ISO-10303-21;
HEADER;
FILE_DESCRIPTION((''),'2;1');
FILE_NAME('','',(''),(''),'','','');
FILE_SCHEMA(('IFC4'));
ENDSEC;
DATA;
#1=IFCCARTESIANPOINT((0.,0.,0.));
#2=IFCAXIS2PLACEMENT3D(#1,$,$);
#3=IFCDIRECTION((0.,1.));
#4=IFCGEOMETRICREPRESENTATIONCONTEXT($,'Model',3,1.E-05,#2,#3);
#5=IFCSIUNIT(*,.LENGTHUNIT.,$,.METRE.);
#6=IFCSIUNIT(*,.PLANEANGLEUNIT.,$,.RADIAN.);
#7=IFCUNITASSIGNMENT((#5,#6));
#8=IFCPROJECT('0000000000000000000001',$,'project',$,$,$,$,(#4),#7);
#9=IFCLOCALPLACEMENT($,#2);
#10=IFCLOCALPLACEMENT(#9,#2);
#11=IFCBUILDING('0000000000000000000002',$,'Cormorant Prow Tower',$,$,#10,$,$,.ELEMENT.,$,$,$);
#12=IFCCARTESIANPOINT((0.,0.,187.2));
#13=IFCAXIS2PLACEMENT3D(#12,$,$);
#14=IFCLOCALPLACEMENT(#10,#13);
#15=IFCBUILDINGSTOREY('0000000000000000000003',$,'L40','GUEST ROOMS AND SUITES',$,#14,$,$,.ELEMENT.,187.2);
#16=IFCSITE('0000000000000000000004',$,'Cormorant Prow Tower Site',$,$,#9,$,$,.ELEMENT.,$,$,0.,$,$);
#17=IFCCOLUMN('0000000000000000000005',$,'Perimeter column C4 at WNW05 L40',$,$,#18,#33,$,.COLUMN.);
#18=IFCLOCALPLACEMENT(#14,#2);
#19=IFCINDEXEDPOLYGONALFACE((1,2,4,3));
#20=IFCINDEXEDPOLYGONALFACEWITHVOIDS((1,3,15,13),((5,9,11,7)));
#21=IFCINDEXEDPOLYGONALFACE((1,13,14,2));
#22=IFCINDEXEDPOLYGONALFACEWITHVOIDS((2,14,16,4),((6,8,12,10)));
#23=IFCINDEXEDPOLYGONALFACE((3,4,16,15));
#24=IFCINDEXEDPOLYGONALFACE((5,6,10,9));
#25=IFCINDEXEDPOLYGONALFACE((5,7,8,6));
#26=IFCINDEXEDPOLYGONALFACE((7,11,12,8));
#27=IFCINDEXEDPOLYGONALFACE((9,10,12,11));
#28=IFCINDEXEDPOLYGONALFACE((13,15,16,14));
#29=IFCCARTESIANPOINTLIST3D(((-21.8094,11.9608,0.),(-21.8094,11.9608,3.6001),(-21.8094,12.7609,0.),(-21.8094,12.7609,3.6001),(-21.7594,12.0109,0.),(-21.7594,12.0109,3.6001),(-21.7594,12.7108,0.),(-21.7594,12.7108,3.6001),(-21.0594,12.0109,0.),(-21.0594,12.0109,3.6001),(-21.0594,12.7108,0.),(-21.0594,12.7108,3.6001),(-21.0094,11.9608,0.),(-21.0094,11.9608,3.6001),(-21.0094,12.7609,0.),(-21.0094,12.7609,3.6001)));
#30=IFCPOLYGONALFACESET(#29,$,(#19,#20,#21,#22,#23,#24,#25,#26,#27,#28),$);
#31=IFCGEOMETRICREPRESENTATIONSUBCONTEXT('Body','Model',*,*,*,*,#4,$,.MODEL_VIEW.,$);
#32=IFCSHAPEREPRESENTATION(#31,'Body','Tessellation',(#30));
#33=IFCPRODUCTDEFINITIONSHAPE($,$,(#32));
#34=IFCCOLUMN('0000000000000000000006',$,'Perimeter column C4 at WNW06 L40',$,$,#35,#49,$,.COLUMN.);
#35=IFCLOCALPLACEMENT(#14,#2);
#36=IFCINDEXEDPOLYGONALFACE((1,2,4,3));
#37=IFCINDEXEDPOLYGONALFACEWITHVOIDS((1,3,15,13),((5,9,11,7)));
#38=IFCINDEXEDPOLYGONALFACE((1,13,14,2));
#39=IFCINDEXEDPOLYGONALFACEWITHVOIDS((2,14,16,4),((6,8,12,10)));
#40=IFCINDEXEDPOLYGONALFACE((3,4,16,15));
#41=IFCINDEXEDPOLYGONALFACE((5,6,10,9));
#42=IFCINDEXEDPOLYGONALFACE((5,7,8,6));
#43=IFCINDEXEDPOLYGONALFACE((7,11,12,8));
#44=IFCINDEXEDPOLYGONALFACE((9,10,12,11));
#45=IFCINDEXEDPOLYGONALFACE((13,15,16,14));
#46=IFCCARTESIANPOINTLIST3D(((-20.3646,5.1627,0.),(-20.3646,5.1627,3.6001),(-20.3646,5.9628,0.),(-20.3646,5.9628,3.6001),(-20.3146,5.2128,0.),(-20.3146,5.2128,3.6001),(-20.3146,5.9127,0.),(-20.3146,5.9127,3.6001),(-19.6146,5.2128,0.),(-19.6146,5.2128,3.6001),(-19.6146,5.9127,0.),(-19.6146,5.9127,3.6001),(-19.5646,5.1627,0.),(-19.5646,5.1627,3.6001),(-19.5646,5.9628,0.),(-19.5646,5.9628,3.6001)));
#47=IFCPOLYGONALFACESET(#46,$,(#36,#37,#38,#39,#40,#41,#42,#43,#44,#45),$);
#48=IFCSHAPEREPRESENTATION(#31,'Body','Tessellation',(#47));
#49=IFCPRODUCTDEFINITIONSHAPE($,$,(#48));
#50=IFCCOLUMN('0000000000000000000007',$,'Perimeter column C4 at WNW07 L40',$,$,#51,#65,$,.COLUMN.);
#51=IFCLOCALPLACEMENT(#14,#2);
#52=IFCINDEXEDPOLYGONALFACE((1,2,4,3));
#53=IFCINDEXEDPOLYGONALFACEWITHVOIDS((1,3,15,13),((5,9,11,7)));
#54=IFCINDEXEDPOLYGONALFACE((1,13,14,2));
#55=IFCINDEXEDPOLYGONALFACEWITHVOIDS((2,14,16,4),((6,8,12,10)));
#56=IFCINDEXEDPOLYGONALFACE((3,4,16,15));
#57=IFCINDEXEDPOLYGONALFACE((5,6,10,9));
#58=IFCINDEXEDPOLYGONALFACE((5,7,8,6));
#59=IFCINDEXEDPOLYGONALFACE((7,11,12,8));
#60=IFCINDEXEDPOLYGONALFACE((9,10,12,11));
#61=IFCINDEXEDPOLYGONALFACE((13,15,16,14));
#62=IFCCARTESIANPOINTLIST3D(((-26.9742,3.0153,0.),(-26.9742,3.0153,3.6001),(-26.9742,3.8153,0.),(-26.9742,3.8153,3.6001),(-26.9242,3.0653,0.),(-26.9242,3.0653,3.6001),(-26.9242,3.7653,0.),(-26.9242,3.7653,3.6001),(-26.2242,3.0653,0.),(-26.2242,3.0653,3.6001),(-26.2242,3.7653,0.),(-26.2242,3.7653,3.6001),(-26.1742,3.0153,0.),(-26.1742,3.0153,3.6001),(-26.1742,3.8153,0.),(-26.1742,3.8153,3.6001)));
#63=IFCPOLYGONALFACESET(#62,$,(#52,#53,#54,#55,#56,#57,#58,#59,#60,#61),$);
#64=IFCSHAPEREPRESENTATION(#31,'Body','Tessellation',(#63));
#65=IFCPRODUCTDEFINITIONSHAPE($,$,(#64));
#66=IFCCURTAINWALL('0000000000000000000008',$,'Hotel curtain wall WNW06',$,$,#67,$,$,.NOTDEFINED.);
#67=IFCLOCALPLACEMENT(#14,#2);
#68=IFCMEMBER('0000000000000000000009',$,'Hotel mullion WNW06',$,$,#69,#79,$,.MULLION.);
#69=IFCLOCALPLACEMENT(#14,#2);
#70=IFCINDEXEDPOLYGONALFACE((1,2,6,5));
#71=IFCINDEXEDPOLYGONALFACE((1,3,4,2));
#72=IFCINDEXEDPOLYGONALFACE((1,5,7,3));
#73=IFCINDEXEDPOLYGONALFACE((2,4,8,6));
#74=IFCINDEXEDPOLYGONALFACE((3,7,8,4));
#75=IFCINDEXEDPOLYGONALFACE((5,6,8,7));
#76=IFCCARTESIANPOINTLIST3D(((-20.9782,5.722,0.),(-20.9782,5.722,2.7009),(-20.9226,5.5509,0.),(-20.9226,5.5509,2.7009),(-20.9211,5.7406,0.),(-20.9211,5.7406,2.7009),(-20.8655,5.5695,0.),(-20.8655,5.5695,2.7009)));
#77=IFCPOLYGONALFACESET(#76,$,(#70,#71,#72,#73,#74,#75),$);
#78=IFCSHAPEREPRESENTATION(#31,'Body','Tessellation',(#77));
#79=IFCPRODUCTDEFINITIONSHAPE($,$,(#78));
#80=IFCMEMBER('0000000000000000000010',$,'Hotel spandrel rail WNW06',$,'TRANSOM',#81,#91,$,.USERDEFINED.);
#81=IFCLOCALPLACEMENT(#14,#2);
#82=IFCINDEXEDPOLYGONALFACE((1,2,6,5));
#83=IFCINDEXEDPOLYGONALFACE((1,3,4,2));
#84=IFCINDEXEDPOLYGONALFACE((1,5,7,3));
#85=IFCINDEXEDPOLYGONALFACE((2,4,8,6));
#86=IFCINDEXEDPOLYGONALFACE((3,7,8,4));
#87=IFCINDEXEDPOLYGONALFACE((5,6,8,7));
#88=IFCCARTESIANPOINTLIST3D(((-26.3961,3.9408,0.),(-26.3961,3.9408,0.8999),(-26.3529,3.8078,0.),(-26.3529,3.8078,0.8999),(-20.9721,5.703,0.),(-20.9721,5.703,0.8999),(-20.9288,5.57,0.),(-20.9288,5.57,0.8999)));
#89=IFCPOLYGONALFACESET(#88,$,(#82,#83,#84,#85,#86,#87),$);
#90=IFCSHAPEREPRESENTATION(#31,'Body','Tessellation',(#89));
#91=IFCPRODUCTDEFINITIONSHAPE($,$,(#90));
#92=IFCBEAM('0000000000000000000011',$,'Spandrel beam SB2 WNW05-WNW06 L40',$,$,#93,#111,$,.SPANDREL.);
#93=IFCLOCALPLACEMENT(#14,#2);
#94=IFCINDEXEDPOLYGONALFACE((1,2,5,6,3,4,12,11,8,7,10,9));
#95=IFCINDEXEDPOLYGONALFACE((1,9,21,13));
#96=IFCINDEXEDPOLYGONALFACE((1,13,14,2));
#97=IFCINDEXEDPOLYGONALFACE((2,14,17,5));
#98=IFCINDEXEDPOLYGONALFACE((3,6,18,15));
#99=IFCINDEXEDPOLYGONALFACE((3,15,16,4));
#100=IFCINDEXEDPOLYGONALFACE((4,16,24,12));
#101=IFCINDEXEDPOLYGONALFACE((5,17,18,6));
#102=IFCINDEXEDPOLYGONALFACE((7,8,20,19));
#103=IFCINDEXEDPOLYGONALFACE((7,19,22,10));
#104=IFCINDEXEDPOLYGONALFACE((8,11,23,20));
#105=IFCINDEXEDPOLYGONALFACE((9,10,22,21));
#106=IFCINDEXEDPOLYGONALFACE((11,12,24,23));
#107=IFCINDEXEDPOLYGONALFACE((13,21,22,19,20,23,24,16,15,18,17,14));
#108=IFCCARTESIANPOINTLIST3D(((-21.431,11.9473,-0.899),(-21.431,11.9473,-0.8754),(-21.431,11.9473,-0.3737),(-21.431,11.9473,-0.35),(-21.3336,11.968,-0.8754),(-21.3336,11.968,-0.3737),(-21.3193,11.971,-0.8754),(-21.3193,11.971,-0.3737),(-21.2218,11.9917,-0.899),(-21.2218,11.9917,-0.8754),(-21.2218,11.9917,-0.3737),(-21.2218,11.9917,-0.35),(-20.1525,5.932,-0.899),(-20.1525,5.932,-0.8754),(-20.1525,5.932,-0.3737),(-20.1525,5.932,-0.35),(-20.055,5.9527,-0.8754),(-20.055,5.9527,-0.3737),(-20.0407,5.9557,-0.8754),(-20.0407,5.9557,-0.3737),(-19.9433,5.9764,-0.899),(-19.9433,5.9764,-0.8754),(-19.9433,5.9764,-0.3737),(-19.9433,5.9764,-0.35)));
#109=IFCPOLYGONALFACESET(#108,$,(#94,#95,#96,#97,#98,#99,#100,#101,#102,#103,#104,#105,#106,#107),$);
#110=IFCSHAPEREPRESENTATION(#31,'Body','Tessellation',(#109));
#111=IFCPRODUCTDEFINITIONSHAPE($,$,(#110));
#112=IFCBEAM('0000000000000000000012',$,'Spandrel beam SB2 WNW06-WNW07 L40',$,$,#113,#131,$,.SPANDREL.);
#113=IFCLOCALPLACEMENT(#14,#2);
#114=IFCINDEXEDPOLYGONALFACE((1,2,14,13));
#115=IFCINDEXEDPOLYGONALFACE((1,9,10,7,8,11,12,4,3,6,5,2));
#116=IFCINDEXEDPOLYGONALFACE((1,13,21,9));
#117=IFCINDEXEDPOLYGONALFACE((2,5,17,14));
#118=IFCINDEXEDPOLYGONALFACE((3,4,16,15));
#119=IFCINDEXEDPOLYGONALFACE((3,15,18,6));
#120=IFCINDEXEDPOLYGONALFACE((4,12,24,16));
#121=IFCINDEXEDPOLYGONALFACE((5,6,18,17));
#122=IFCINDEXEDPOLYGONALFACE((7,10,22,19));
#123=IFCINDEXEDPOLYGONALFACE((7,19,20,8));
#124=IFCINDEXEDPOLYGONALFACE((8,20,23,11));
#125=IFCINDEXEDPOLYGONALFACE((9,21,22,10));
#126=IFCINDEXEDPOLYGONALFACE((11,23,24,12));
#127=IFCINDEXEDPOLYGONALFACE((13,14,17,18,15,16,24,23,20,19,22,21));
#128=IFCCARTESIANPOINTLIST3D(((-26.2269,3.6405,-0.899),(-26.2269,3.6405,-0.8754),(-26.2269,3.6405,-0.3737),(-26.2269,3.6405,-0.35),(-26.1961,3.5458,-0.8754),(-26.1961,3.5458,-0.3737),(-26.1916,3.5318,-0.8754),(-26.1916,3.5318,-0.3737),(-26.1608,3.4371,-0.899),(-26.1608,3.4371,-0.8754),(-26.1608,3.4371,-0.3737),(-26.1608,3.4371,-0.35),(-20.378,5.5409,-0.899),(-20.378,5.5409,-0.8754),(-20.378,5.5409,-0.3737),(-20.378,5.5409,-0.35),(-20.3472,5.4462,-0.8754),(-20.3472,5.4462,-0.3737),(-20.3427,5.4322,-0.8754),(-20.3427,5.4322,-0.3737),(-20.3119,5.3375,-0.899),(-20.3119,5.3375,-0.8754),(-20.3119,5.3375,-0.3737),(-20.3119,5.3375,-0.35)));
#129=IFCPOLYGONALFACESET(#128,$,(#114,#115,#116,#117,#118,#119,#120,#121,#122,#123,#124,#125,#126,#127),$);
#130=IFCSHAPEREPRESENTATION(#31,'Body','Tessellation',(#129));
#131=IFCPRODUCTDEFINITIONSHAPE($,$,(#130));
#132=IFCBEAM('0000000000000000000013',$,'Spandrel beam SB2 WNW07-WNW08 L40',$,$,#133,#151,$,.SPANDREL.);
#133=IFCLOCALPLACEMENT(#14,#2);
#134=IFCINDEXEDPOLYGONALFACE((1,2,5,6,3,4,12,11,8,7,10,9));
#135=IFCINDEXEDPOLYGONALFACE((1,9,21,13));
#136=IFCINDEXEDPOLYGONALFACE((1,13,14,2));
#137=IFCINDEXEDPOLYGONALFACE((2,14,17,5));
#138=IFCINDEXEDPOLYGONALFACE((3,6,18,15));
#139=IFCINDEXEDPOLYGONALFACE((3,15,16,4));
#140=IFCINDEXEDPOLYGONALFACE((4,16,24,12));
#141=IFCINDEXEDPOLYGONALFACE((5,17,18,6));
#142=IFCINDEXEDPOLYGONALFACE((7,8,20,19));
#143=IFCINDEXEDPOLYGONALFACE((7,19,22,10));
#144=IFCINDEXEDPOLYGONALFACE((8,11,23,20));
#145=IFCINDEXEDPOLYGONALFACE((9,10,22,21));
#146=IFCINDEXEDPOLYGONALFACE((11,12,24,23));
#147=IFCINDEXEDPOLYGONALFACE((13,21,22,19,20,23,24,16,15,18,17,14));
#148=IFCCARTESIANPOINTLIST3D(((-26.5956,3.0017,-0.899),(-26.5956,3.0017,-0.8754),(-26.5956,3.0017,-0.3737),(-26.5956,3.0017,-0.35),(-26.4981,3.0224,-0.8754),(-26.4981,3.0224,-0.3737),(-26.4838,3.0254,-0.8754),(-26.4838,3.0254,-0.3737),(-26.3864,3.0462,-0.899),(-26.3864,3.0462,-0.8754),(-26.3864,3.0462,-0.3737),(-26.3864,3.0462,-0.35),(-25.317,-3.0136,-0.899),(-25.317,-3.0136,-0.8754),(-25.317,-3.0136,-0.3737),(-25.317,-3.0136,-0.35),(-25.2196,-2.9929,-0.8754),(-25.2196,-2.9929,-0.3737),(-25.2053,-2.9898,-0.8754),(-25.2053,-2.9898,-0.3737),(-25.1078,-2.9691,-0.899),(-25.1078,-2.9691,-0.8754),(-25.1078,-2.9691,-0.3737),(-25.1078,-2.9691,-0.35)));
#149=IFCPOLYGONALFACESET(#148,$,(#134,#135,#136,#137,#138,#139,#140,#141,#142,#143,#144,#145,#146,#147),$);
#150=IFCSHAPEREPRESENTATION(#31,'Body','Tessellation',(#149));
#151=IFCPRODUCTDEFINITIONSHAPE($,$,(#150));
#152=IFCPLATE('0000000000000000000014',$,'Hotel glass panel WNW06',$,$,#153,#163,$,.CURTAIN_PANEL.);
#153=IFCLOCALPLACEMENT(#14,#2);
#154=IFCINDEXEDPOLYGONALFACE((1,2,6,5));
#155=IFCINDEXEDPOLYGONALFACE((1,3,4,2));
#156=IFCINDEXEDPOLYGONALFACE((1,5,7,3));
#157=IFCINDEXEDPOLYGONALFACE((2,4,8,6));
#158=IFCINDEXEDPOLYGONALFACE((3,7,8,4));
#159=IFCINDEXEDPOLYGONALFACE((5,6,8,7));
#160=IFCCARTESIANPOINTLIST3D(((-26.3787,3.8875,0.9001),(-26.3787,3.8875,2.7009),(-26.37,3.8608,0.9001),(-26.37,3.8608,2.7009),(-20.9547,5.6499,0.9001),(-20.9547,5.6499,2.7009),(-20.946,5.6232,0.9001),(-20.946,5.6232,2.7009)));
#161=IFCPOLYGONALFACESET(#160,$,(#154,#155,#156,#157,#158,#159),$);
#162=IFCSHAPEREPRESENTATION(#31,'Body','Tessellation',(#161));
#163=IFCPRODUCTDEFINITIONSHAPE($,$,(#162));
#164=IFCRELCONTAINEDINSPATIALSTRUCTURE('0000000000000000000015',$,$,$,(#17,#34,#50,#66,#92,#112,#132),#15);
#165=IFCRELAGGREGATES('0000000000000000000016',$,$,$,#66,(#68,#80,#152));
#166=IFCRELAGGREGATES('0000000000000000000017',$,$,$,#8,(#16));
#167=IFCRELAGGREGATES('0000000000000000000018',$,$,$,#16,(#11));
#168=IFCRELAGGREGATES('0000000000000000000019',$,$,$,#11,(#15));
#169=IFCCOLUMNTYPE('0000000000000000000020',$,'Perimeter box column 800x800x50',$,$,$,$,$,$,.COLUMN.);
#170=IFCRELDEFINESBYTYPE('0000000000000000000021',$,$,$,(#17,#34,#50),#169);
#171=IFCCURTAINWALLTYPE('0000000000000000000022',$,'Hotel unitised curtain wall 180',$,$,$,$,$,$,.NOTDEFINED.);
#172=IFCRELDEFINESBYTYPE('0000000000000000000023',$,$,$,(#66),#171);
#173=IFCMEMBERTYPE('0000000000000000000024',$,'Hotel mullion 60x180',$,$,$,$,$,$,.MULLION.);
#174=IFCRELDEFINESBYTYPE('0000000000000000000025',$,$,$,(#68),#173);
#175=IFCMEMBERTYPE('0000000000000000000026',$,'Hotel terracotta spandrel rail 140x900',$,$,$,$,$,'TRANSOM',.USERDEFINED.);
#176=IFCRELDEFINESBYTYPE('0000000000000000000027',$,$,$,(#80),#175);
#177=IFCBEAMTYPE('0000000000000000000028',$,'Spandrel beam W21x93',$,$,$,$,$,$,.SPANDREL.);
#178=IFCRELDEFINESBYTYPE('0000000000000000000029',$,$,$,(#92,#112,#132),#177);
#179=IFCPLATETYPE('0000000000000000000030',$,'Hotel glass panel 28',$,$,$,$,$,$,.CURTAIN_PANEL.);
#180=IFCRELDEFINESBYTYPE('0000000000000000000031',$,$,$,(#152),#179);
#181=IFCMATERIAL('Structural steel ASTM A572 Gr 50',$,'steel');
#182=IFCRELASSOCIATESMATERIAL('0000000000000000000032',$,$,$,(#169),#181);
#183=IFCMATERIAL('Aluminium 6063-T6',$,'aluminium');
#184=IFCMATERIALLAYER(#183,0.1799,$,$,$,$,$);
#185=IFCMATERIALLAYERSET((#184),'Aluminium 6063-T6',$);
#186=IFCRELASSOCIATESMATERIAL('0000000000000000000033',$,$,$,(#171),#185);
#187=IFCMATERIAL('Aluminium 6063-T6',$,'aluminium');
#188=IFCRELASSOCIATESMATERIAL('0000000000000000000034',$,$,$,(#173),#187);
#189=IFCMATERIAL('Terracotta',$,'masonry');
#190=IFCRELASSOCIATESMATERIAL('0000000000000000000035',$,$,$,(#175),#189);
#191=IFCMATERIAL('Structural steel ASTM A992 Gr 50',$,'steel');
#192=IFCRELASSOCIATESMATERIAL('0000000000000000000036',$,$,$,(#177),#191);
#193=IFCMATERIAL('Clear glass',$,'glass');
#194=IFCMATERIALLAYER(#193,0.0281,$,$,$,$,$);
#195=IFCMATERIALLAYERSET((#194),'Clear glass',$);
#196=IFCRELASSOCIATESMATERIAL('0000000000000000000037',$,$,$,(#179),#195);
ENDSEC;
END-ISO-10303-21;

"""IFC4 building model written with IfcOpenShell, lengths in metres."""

from ifc_helpers import new_model, si_unit, direction, frame, origin, origin_2d, place, context, subcontext, project, spatial, rectangle, hollow_rectangle, i_section, extrude, material, layer, layer_set, material_profile, profile_set, type_object, element, aggregate, save


model = new_model("IFC4")

# Units and contexts
model_context = context("Model", 3, precision=1e-05, world=origin(), true_north=direction((0.0, 1.0)))
body_context = subcontext(model_context, "Body", "Model", "MODEL_VIEW")
ifc_project = project(units=[si_unit("LENGTHUNIT", "METRE"), si_unit("PLANEANGLEUNIT", "RADIAN")], contexts=[model_context])

# Site, building, storey
site_placement = place(None, origin())
site = spatial("IfcSite", under=ifc_project, at=site_placement, Name="Cormorant Prow Tower Site", CompositionType="ELEMENT", RefElevation=0.0)
building_placement = place(site_placement, origin())
building = spatial("IfcBuilding", under=site, at=building_placement, Name="Cormorant Prow Tower", CompositionType="ELEMENT")
storey_placement = place(building_placement, frame((0.0, 0.0, 187.2)))
storey = spatial("IfcBuildingStorey", under=building, at=storey_placement, Name="L40", Description="GUEST ROOMS AND SUITES", CompositionType="ELEMENT", Elevation=187.2)

# Columns
ifc_material_1 = material(Name="Structural steel ASTM A572 Gr 50", Category="steel")
ifc_material_profile_1 = material_profile(ifc_material_1, hollow_rectangle(XDim=0.8, YDim=0.8, WallThickness=0.05, at=origin_2d()), Name="Box 800x800x50")
ifc_profile_set_1 = profile_set([ifc_material_profile_1], Name="Structural steel ASTM A572 Gr 50")
column_type = type_object("IfcColumnType", Name="Perimeter box column 800x800x50", PredefinedType="COLUMN", material=ifc_profile_set_1)
for number, where, z_axis, x_axis, name in (
    (1, (-21.4094, 12.3608, 0.0), (0.0, 0.0, 1.0), (1.0, 0.0, 0.0), "Perimeter column C4 at WNW05 L40"),
    (2, (-19.9646, 5.5627, 0.0), (0.0, 0.0, 1.0), (1.0, 0.0, 0.0), "Perimeter column C4 at WNW06 L40"),
    (3, (-26.5742, 3.4153, 0.0), (0.0, 0.0, 1.0), (1.0, 0.0, 0.0), "Perimeter column C4 at WNW07 L40"),
):
    element("IfcColumn", number, at=place(storey_placement, frame(where, z_axis=z_axis, x_axis=x_axis)), inside=storey, type_object=column_type, Name=name, PredefinedType="COLUMN", context=body_context, shape_type="SweptSolid", body=[
        extrude(hollow_rectangle(XDim=0.8, YDim=0.8, WallThickness=0.05, at=origin_2d()), origin(), (0.0, 0.0, 1.0), 3.6001),
    ])

# Curtain wall, members
ifc_material_2 = material(Name="Aluminium 6063-T6", Category="aluminium")
ifc_layer_1 = layer(ifc_material_2, 0.1799)
ifc_layer_set_1 = layer_set([ifc_layer_1], Name="Aluminium 6063-T6")
curtain_wall_type = type_object("IfcCurtainWallType", Name="Hotel unitised curtain wall 180", PredefinedType="NOTDEFINED", material=ifc_layer_set_1)
curtain_wall_placement = place(storey_placement, origin())
curtain_wall = element("IfcCurtainWall", 4, at=curtain_wall_placement, inside=storey, type_object=curtain_wall_type, Name="Hotel curtain wall WNW06", PredefinedType="NOTDEFINED")
ifc_material_3 = material(Name="Aluminium 6063-T6", Category="aluminium")
ifc_material_profile_2 = material_profile(ifc_material_3, rectangle(XDim=0.1799, YDim=0.0601, at=origin_2d()), Name="Hotel mullion 60x180")
ifc_profile_set_2 = profile_set([ifc_material_profile_2], Name="Aluminium 6063-T6")
member_type_1 = type_object("IfcMemberType", Name="Hotel mullion 60x180", PredefinedType="MULLION", material=ifc_profile_set_2)
member_1_placement = place(storey_placement, frame((-20.9219, 5.6458, 0.0), z_axis=(0.0, 0.0, 1.0), x_axis=(0.309017, -0.951057, 0.0)))
member_1 = element("IfcMember", 5, at=member_1_placement, type_object=member_type_1, Name="Hotel mullion WNW06", PredefinedType="MULLION", context=body_context, shape_type="SweptSolid", body=[
    extrude(rectangle(XDim=0.1799, YDim=0.0601, at=origin_2d()), origin(), (0.0, 0.0, 1.0), 2.7009),
])
ifc_material_4 = material(Name="Terracotta", Category="masonry")
ifc_material_profile_3 = material_profile(ifc_material_4, rectangle(XDim=0.1399, YDim=0.8999, at=origin_2d()), Name="Hotel terracotta spandrel rail 140x900")
ifc_profile_set_3 = profile_set([ifc_material_profile_3], Name="Terracotta")
member_type_2 = type_object("IfcMemberType", Name="Hotel terracotta spandrel rail 140x900", ElementType="TRANSOM", PredefinedType="USERDEFINED", material=ifc_profile_set_3)
member_2_placement = place(storey_placement, frame((-20.9504, 5.6365, 0.45), z_axis=(-0.951066, -0.308988, 0.0), x_axis=(0.308988, -0.951066, 0.0)))
member_2 = element("IfcMember", 6, at=member_2_placement, type_object=member_type_2, Name="Hotel spandrel rail WNW06", ObjectType="TRANSOM", PredefinedType="USERDEFINED", context=body_context, shape_type="SweptSolid", body=[
    extrude(rectangle(XDim=0.1399, YDim=0.8999, at=origin_2d()), origin(), (0.0, 0.0, 1.0), 5.7031),
])

# Beams
ifc_material_5 = material(Name="Structural steel ASTM A992 Gr 50", Category="steel")
ifc_material_profile_4 = material_profile(ifc_material_5, i_section(OverallWidth=0.2139, OverallDepth=0.5491, WebThickness=0.0146, FlangeThickness=0.0237, at=origin_2d()), Name="W21x93")
ifc_profile_set_4 = profile_set([ifc_material_profile_4], Name="Structural steel ASTM A992 Gr 50")
beam_type = type_object("IfcBeamType", Name="Spandrel beam W21x93", PredefinedType="SPANDREL", material=ifc_profile_set_4)
beam_1_placement = place(storey_placement, frame((-21.3264, 11.9695, -0.6245), z_axis=(0.207905, -0.978149, 0.0), x_axis=(0.978149, 0.207905, 0.0)))
element("IfcBeam", 7, at=beam_1_placement, inside=storey, type_object=beam_type, Name="Spandrel beam SB2 WNW05-WNW06 L40", PredefinedType="SPANDREL", context=body_context, shape_type="SweptSolid", body=[
    extrude(i_section(OverallWidth=0.2139, OverallDepth=0.5491, WebThickness=0.0146, FlangeThickness=0.0237, at=origin_2d()), origin(), (0.0, 0.0, 1.0), 6.1497),
])
beam_2_placement = place(storey_placement, frame((-20.345, 5.4392, -0.6245), z_axis=(-0.951058, -0.309013, 0.0), x_axis=(0.309013, -0.951058, 0.0)))
element("IfcBeam", 8, at=beam_2_placement, inside=storey, type_object=beam_type, Name="Spandrel beam SB2 WNW06-WNW07 L40", PredefinedType="SPANDREL", context=body_context, shape_type="SweptSolid", body=[
    extrude(i_section(OverallWidth=0.2139, OverallDepth=0.5491, WebThickness=0.0146, FlangeThickness=0.0237, at=origin_2d()), origin(), (0.0, 0.0, 1.0), 6.1499),
])
beam_3_placement = place(storey_placement, frame((-26.491, 3.0239, -0.6245), z_axis=(0.207905, -0.978149, 0.0), x_axis=(0.978149, 0.207905, 0.0)))
element("IfcBeam", 9, at=beam_3_placement, inside=storey, type_object=beam_type, Name="Spandrel beam SB2 WNW07-WNW08 L40", PredefinedType="SPANDREL", context=body_context, shape_type="SweptSolid", body=[
    extrude(i_section(OverallWidth=0.2139, OverallDepth=0.5491, WebThickness=0.0146, FlangeThickness=0.0237, at=origin_2d()), origin(), (0.0, 0.0, 1.0), 6.1497),
])

# Plate
ifc_material_6 = material(Name="Clear glass", Category="glass")
ifc_layer_2 = layer(ifc_material_6, 0.0281)
ifc_layer_set_2 = layer_set([ifc_layer_2], Name="Clear glass")
plate_type = type_object("IfcPlateType", Name="Hotel glass panel 28", PredefinedType="CURTAIN_PANEL", material=ifc_layer_set_2)
plate_placement = place(storey_placement, frame((-23.6624, 4.7554, 0.9001), z_axis=(0.0, 0.0, 1.0), x_axis=(-0.951057, -0.309017, 0.0)))
plate = element("IfcPlate", 10, at=plate_placement, type_object=plate_type, Name="Hotel glass panel WNW06", PredefinedType="CURTAIN_PANEL", context=body_context, shape_type="SweptSolid", body=[
    extrude(rectangle(XDim=5.7031, YDim=0.0281, at=origin_2d()), origin(), (0.0, 0.0, 1.0), 1.8008),
])
aggregate(curtain_wall, [member_1, member_2, plate])

save(model, "model.ifc")
